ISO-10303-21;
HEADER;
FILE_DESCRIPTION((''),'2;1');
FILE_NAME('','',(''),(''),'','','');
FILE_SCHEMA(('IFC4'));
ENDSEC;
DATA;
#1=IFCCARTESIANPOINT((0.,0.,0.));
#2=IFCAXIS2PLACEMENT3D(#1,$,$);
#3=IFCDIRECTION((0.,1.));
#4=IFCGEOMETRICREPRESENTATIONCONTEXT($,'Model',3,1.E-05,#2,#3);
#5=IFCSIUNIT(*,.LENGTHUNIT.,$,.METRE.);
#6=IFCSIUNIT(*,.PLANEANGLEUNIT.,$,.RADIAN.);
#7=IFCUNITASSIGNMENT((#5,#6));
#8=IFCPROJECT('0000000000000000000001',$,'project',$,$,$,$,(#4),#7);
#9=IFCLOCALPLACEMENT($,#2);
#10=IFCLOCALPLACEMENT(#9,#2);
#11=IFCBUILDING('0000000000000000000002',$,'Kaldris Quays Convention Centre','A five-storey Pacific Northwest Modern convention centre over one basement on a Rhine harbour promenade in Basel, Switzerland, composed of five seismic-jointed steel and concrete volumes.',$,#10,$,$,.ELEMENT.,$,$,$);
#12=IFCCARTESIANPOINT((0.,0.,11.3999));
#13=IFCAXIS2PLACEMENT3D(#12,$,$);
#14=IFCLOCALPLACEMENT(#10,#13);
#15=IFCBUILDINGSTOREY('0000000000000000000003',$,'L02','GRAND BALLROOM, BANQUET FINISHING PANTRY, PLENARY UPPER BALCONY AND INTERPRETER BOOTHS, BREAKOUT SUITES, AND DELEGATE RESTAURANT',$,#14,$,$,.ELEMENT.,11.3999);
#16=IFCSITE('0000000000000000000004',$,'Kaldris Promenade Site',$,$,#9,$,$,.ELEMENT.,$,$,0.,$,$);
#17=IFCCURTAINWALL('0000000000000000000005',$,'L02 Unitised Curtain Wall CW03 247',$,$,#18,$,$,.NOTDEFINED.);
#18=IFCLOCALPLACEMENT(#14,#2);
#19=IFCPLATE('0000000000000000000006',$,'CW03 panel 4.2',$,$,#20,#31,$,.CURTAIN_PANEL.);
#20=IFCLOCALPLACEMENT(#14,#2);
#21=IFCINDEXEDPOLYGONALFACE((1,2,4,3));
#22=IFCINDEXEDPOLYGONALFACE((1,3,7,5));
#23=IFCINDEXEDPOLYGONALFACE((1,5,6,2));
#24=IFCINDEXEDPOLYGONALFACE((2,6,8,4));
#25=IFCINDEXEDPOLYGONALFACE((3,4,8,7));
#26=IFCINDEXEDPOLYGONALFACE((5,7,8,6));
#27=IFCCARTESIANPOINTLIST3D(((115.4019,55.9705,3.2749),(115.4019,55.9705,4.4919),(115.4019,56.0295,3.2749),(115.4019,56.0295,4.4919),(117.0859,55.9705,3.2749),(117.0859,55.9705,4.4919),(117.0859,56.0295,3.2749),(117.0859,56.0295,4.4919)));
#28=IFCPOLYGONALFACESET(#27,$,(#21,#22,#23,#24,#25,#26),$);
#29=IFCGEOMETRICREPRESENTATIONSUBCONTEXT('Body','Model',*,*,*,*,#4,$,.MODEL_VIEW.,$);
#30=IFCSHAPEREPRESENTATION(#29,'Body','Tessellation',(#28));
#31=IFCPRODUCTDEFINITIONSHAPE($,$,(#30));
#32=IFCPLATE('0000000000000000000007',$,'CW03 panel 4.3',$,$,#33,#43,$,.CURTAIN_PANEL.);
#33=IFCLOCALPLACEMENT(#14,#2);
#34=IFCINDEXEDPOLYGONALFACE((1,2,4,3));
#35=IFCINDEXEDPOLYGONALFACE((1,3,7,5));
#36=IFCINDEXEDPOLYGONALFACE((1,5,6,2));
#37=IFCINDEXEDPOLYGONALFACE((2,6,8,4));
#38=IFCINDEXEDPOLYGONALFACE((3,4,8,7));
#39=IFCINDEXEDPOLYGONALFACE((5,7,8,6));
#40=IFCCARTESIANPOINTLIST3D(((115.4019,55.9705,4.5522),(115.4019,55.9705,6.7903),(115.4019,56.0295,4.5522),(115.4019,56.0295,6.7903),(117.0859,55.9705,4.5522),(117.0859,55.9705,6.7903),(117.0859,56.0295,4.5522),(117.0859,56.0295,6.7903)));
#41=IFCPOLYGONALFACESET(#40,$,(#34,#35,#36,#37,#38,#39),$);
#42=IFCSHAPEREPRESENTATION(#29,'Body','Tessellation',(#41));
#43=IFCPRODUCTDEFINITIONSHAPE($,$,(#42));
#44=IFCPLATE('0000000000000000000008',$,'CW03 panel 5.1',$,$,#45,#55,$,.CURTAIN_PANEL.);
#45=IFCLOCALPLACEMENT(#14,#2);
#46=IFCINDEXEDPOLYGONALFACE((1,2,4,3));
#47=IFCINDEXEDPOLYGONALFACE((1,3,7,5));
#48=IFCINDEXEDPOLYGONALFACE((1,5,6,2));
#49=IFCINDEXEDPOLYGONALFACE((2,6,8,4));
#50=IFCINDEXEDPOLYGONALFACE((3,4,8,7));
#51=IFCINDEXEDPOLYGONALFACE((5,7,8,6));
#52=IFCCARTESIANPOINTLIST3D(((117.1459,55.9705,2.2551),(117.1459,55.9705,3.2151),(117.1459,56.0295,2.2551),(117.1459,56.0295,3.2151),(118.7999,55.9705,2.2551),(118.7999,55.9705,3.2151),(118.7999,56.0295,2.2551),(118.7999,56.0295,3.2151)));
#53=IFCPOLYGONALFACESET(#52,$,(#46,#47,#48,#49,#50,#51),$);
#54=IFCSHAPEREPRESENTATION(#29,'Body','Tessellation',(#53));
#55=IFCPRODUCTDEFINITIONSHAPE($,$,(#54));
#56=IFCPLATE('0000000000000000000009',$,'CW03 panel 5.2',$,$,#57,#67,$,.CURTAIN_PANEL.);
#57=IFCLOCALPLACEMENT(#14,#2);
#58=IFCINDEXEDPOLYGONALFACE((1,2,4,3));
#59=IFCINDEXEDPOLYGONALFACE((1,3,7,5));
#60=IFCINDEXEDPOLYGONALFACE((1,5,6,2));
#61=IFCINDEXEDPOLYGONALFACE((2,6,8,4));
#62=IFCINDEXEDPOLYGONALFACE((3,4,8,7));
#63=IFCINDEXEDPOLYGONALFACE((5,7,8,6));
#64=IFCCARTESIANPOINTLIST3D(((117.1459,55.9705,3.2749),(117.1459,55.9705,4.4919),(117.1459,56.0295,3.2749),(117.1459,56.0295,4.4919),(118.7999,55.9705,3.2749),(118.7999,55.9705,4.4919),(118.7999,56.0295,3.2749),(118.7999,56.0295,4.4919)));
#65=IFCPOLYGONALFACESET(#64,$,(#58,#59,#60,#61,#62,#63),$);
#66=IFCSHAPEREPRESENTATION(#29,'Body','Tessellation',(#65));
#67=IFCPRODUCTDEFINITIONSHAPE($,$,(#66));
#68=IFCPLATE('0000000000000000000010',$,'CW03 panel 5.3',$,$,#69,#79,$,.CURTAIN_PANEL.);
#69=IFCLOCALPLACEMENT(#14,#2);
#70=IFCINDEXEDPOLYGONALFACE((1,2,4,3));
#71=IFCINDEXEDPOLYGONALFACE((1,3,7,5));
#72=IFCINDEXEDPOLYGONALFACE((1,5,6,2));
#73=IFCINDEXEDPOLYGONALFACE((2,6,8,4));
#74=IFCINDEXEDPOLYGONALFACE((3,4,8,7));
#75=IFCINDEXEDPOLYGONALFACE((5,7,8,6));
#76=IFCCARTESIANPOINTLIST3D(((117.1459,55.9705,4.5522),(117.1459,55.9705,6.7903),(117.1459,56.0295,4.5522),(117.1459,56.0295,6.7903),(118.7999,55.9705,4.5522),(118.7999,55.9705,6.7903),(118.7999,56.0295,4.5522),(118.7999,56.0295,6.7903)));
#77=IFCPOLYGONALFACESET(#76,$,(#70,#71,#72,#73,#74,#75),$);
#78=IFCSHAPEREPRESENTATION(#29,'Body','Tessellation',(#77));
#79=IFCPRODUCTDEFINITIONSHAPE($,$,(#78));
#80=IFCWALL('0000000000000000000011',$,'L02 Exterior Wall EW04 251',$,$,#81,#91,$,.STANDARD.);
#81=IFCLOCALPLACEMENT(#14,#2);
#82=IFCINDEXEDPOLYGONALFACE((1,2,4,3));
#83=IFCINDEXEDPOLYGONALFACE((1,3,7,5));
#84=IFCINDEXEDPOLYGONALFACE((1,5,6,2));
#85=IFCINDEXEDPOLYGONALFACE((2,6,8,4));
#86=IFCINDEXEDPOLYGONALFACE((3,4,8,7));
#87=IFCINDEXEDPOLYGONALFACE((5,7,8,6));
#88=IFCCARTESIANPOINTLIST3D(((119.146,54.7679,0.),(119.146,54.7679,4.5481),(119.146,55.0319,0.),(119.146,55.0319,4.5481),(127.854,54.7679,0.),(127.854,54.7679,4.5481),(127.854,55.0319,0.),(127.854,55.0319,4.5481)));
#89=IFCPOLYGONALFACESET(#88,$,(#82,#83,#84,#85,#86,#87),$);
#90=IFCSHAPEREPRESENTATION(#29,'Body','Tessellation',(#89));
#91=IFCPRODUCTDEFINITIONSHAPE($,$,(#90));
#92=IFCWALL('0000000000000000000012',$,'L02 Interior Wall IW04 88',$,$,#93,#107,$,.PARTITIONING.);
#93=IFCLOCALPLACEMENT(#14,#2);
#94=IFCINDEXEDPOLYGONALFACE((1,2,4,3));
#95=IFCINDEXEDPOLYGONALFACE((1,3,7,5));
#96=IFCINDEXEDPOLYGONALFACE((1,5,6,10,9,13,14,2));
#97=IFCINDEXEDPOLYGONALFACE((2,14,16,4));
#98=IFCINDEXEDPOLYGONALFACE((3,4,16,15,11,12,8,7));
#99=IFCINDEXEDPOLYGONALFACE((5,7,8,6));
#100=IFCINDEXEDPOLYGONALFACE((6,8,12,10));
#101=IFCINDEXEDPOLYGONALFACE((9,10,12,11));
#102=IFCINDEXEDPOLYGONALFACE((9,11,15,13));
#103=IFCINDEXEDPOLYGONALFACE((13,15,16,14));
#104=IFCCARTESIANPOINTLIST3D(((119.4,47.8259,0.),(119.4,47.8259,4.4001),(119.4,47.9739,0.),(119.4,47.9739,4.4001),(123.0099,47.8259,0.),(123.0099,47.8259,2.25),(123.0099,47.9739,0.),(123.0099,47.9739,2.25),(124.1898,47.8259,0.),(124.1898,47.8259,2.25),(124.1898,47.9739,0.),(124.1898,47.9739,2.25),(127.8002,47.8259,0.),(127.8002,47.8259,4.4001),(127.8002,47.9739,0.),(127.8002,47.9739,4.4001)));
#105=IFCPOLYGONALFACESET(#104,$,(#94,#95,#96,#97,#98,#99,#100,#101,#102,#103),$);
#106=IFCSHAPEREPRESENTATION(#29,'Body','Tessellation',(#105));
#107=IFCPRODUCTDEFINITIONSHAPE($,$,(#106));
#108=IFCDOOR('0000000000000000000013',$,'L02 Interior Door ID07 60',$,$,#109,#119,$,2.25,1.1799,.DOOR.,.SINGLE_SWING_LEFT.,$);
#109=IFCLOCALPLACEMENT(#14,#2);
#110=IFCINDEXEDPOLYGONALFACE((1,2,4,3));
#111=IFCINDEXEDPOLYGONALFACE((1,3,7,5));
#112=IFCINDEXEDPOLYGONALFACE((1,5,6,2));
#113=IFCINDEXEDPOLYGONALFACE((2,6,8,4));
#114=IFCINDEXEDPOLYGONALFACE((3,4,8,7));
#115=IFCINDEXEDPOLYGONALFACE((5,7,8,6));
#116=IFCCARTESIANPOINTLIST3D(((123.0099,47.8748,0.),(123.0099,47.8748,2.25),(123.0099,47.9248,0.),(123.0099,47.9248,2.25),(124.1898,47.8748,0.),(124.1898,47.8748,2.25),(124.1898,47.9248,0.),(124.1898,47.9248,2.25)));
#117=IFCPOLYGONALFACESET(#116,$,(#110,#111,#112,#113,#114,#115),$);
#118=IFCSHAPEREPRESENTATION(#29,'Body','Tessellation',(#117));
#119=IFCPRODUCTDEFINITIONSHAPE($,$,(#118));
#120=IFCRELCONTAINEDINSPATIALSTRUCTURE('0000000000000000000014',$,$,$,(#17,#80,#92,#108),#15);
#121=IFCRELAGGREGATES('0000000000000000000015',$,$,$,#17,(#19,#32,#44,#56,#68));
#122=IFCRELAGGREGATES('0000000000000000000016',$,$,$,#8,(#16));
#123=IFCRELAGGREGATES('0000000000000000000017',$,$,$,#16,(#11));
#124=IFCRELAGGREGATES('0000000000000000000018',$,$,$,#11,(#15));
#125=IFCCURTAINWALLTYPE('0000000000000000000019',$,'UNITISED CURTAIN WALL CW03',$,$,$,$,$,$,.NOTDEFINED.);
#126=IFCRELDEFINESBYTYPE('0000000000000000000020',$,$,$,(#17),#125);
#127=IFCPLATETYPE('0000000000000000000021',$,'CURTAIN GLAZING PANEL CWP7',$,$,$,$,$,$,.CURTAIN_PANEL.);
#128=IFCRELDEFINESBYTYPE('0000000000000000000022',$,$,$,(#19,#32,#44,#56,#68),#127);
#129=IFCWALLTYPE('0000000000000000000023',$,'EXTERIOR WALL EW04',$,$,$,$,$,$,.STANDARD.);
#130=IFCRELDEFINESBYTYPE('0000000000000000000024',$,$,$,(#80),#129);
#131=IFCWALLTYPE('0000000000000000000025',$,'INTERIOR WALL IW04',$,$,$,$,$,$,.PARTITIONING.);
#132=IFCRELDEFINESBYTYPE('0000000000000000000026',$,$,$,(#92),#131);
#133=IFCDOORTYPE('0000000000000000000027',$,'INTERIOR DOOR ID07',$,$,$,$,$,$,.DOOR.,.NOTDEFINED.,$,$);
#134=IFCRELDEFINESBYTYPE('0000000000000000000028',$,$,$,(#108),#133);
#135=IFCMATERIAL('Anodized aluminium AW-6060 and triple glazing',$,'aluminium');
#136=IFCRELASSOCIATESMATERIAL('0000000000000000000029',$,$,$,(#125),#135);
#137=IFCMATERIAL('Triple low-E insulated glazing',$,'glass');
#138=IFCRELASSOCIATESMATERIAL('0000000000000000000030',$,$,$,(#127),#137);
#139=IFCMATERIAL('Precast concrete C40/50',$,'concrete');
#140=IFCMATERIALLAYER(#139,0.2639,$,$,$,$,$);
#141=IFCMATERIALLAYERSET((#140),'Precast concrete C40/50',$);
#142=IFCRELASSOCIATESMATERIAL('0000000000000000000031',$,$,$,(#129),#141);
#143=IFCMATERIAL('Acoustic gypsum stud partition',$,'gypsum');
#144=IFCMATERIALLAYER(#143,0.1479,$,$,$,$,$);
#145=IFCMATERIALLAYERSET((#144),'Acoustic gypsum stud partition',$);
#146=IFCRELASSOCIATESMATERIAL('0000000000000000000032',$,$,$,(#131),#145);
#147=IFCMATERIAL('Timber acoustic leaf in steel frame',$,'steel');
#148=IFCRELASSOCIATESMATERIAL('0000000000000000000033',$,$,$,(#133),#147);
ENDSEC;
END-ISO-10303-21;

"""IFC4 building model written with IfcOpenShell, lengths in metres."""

from ifc_helpers import new_model, si_unit, direction, frame, frame_2d, origin, origin_2d, place, context, subcontext, project, spatial, rectangle, extrude, material, layer, layer_set, type_object, element, fill, aggregate, save


model = new_model("IFC4")

# Units and contexts
model_context = context("Model", 3, precision=1e-05, world=origin(), true_north=direction((0.0, 1.0)))
body_context = subcontext(model_context, "Body", "Model", "MODEL_VIEW")
ifc_project = project(units=[si_unit("LENGTHUNIT", "METRE"), si_unit("PLANEANGLEUNIT", "RADIAN")], contexts=[model_context])

# Site, building, storey
site_placement = place(None, origin())
site = spatial("IfcSite", under=ifc_project, at=site_placement, Name="Kaldris Promenade Site", CompositionType="ELEMENT", RefElevation=0.0)
building_placement = place(site_placement, origin())
building = spatial("IfcBuilding", under=site, at=building_placement, Name="Kaldris Quays Convention Centre", Description="A five-storey Pacific Northwest Modern convention centre over one basement on a Rhine harbour promenade in Basel, Switzerland, composed of five seismic-jointed steel and concrete volumes.", CompositionType="ELEMENT")
storey_placement = place(building_placement, frame((0.0, 0.0, 11.3999)))
storey = spatial("IfcBuildingStorey", under=building, at=storey_placement, Name="L02", Description="GRAND BALLROOM, BANQUET FINISHING PANTRY, PLENARY UPPER BALCONY AND INTERPRETER BOOTHS, BREAKOUT SUITES, AND DELEGATE RESTAURANT", CompositionType="ELEMENT", Elevation=11.3999)

# Curtain wall
ifc_material_1 = material(Name="Anodized aluminium AW-6060 and triple glazing", Category="aluminium")
curtain_wall_type = type_object("IfcCurtainWallType", Name="UNITISED CURTAIN WALL CW03", PredefinedType="NOTDEFINED", material=ifc_material_1)
curtain_wall_1_placement = place(storey_placement, origin())
curtain_wall_1 = element("IfcCurtainWall", 1, at=curtain_wall_1_placement, inside=storey, type_object=curtain_wall_type, Name="L02 Unitised Curtain Wall CW03 247", PredefinedType="NOTDEFINED")

# Plates
ifc_material_2 = material(Name="Triple low-E insulated glazing", Category="glass")
plate_type = type_object("IfcPlateType", Name="CURTAIN GLAZING PANEL CWP7", PredefinedType="CURTAIN_PANEL", material=ifc_material_2)
plate_1_placement = place(storey_placement, frame((116.2439, 56.0, 3.2749), z_axis=(0.0, 0.0, 1.0), x_axis=(1.0, 0.0, 0.0)))
plate_1 = element("IfcPlate", 2, at=plate_1_placement, type_object=plate_type, Name="CW03 panel 4.2", PredefinedType="CURTAIN_PANEL", context=body_context, shape_type="SweptSolid", body=[
    extrude(rectangle(XDim=1.6841, YDim=0.0591, at=origin_2d()), origin(), (0.0, 0.0, 1.0), 1.217),
])
plate_2_placement = place(storey_placement, frame((116.2439, 56.0, 4.5522), z_axis=(0.0, 0.0, 1.0), x_axis=(1.0, 0.0, 0.0)))
plate_2 = element("IfcPlate", 3, at=plate_2_placement, type_object=plate_type, Name="CW03 panel 4.3", PredefinedType="CURTAIN_PANEL", context=body_context, shape_type="SweptSolid", body=[
    extrude(rectangle(XDim=1.6841, YDim=0.0591, at=origin_2d()), origin(), (0.0, 0.0, 1.0), 2.238),
])
plate_3_placement = place(storey_placement, frame((117.9729, 56.0, 2.2551), z_axis=(0.0, 0.0, 1.0), x_axis=(1.0, 0.0, 0.0)))
plate_3 = element("IfcPlate", 4, at=plate_3_placement, type_object=plate_type, Name="CW03 panel 5.1", PredefinedType="CURTAIN_PANEL", context=body_context, shape_type="SweptSolid", body=[
    extrude(rectangle(XDim=1.6541, YDim=0.0591, at=origin_2d()), origin(), (0.0, 0.0, 1.0), 0.96),
])
plate_4_placement = place(storey_placement, frame((117.9729, 56.0, 3.2749), z_axis=(0.0, 0.0, 1.0), x_axis=(1.0, 0.0, 0.0)))
plate_4 = element("IfcPlate", 5, at=plate_4_placement, type_object=plate_type, Name="CW03 panel 5.2", PredefinedType="CURTAIN_PANEL", context=body_context, shape_type="SweptSolid", body=[
    extrude(rectangle(XDim=1.6541, YDim=0.0591, at=origin_2d()), origin(), (0.0, 0.0, 1.0), 1.217),
])
plate_5_placement = place(storey_placement, frame((117.9729, 56.0, 4.5522), z_axis=(0.0, 0.0, 1.0), x_axis=(1.0, 0.0, 0.0)))
plate_5 = element("IfcPlate", 6, at=plate_5_placement, type_object=plate_type, Name="CW03 panel 5.3", PredefinedType="CURTAIN_PANEL", context=body_context, shape_type="SweptSolid", body=[
    extrude(rectangle(XDim=1.6541, YDim=0.0591, at=origin_2d()), origin(), (0.0, 0.0, 1.0), 2.238),
])
aggregate(curtain_wall_1, [plate_1, plate_2, plate_3, plate_4, plate_5])

# Wall
ifc_material_3 = material(Name="Precast concrete C40/50", Category="concrete")
ifc_layer_1 = layer(ifc_material_3, 0.2639)
ifc_layer_set_1 = layer_set([ifc_layer_1], Name="Precast concrete C40/50")
wall_type_1 = type_object("IfcWallType", Name="EXTERIOR WALL EW04", PredefinedType="STANDARD", material=ifc_layer_set_1)
wall_1_placement = place(storey_placement, frame((119.146, 54.8999, 0.0), z_axis=(0.0, 0.0, 1.0), x_axis=(1.0, 0.0, 0.0)))
element("IfcWall", 7, at=wall_1_placement, inside=storey, type_object=wall_type_1, Name="L02 Exterior Wall EW04 251", PredefinedType="STANDARD", context=body_context, shape_type="SweptSolid", body=[
    extrude(rectangle(XDim=8.708, YDim=0.2639, at=frame_2d((4.354, 0.0))), origin(), (0.0, 0.0, 1.0), 4.5481),
])

# Wall, opening, door
ifc_material_4 = material(Name="Acoustic gypsum stud partition", Category="gypsum")
ifc_layer_2 = layer(ifc_material_4, 0.1479)
ifc_layer_set_2 = layer_set([ifc_layer_2], Name="Acoustic gypsum stud partition")
wall_type_2 = type_object("IfcWallType", Name="INTERIOR WALL IW04", PredefinedType="PARTITIONING", material=ifc_layer_set_2)
wall_2_placement = place(storey_placement, frame((119.3999, 47.8999, 0.0), z_axis=(0.0, 0.0, 1.0), x_axis=(1.0, 0.0, 0.0)))
wall_2 = element("IfcWall", 8, at=wall_2_placement, inside=storey, type_object=wall_type_2, Name="L02 Interior Wall IW04 88", PredefinedType="PARTITIONING", context=body_context, shape_type="SweptSolid", body=[
    extrude(rectangle(XDim=8.4001, YDim=0.1479, at=frame_2d((4.2002, 0.0))), origin(), (0.0, 0.0, 1.0), 4.4001),
])
opening_placement = place(wall_2_placement, frame((3.6101, 0.0, 0.0)))
opening = element("IfcOpeningElement", 9, at=opening_placement, cuts=wall_2, PredefinedType="OPENING", context=body_context, shape_type="SweptSolid", body=[
    extrude(rectangle(XDim=1.1799, YDim=2.25, at=frame_2d((0.5898, 1.125))), frame((0.0, 0.084, 0.0), z_axis=(0.0, -1.0, 0.0), x_axis=(1.0, 0.0, 0.0)), (0.0, 0.0, 1.0), 0.168),
])
ifc_material_5 = material(Name="Timber acoustic leaf in steel frame", Category="steel")
door_type = type_object("IfcDoorType", Name="INTERIOR DOOR ID07", OperationType="NOTDEFINED", PredefinedType="DOOR", material=ifc_material_5)
door_placement = place(opening_placement, origin())
door = element("IfcDoor", 10, at=door_placement, inside=storey, type_object=door_type, Name="L02 Interior Door ID07 60", OperationType="SINGLE_SWING_LEFT", OverallHeight=2.25, OverallWidth=1.1799, PredefinedType="DOOR", context=body_context, shape_type="SweptSolid", body=[
    extrude(rectangle(XDim=1.1799, YDim=2.25, at=frame_2d((0.5898, 1.125))), frame((0.0, 0.0249, 0.0), z_axis=(0.0, -1.0, 0.0), x_axis=(1.0, 0.0, 0.0)), (0.0, 0.0, 1.0), 0.05),
])
fill(opening, door)

save(model, "model.ifc")
